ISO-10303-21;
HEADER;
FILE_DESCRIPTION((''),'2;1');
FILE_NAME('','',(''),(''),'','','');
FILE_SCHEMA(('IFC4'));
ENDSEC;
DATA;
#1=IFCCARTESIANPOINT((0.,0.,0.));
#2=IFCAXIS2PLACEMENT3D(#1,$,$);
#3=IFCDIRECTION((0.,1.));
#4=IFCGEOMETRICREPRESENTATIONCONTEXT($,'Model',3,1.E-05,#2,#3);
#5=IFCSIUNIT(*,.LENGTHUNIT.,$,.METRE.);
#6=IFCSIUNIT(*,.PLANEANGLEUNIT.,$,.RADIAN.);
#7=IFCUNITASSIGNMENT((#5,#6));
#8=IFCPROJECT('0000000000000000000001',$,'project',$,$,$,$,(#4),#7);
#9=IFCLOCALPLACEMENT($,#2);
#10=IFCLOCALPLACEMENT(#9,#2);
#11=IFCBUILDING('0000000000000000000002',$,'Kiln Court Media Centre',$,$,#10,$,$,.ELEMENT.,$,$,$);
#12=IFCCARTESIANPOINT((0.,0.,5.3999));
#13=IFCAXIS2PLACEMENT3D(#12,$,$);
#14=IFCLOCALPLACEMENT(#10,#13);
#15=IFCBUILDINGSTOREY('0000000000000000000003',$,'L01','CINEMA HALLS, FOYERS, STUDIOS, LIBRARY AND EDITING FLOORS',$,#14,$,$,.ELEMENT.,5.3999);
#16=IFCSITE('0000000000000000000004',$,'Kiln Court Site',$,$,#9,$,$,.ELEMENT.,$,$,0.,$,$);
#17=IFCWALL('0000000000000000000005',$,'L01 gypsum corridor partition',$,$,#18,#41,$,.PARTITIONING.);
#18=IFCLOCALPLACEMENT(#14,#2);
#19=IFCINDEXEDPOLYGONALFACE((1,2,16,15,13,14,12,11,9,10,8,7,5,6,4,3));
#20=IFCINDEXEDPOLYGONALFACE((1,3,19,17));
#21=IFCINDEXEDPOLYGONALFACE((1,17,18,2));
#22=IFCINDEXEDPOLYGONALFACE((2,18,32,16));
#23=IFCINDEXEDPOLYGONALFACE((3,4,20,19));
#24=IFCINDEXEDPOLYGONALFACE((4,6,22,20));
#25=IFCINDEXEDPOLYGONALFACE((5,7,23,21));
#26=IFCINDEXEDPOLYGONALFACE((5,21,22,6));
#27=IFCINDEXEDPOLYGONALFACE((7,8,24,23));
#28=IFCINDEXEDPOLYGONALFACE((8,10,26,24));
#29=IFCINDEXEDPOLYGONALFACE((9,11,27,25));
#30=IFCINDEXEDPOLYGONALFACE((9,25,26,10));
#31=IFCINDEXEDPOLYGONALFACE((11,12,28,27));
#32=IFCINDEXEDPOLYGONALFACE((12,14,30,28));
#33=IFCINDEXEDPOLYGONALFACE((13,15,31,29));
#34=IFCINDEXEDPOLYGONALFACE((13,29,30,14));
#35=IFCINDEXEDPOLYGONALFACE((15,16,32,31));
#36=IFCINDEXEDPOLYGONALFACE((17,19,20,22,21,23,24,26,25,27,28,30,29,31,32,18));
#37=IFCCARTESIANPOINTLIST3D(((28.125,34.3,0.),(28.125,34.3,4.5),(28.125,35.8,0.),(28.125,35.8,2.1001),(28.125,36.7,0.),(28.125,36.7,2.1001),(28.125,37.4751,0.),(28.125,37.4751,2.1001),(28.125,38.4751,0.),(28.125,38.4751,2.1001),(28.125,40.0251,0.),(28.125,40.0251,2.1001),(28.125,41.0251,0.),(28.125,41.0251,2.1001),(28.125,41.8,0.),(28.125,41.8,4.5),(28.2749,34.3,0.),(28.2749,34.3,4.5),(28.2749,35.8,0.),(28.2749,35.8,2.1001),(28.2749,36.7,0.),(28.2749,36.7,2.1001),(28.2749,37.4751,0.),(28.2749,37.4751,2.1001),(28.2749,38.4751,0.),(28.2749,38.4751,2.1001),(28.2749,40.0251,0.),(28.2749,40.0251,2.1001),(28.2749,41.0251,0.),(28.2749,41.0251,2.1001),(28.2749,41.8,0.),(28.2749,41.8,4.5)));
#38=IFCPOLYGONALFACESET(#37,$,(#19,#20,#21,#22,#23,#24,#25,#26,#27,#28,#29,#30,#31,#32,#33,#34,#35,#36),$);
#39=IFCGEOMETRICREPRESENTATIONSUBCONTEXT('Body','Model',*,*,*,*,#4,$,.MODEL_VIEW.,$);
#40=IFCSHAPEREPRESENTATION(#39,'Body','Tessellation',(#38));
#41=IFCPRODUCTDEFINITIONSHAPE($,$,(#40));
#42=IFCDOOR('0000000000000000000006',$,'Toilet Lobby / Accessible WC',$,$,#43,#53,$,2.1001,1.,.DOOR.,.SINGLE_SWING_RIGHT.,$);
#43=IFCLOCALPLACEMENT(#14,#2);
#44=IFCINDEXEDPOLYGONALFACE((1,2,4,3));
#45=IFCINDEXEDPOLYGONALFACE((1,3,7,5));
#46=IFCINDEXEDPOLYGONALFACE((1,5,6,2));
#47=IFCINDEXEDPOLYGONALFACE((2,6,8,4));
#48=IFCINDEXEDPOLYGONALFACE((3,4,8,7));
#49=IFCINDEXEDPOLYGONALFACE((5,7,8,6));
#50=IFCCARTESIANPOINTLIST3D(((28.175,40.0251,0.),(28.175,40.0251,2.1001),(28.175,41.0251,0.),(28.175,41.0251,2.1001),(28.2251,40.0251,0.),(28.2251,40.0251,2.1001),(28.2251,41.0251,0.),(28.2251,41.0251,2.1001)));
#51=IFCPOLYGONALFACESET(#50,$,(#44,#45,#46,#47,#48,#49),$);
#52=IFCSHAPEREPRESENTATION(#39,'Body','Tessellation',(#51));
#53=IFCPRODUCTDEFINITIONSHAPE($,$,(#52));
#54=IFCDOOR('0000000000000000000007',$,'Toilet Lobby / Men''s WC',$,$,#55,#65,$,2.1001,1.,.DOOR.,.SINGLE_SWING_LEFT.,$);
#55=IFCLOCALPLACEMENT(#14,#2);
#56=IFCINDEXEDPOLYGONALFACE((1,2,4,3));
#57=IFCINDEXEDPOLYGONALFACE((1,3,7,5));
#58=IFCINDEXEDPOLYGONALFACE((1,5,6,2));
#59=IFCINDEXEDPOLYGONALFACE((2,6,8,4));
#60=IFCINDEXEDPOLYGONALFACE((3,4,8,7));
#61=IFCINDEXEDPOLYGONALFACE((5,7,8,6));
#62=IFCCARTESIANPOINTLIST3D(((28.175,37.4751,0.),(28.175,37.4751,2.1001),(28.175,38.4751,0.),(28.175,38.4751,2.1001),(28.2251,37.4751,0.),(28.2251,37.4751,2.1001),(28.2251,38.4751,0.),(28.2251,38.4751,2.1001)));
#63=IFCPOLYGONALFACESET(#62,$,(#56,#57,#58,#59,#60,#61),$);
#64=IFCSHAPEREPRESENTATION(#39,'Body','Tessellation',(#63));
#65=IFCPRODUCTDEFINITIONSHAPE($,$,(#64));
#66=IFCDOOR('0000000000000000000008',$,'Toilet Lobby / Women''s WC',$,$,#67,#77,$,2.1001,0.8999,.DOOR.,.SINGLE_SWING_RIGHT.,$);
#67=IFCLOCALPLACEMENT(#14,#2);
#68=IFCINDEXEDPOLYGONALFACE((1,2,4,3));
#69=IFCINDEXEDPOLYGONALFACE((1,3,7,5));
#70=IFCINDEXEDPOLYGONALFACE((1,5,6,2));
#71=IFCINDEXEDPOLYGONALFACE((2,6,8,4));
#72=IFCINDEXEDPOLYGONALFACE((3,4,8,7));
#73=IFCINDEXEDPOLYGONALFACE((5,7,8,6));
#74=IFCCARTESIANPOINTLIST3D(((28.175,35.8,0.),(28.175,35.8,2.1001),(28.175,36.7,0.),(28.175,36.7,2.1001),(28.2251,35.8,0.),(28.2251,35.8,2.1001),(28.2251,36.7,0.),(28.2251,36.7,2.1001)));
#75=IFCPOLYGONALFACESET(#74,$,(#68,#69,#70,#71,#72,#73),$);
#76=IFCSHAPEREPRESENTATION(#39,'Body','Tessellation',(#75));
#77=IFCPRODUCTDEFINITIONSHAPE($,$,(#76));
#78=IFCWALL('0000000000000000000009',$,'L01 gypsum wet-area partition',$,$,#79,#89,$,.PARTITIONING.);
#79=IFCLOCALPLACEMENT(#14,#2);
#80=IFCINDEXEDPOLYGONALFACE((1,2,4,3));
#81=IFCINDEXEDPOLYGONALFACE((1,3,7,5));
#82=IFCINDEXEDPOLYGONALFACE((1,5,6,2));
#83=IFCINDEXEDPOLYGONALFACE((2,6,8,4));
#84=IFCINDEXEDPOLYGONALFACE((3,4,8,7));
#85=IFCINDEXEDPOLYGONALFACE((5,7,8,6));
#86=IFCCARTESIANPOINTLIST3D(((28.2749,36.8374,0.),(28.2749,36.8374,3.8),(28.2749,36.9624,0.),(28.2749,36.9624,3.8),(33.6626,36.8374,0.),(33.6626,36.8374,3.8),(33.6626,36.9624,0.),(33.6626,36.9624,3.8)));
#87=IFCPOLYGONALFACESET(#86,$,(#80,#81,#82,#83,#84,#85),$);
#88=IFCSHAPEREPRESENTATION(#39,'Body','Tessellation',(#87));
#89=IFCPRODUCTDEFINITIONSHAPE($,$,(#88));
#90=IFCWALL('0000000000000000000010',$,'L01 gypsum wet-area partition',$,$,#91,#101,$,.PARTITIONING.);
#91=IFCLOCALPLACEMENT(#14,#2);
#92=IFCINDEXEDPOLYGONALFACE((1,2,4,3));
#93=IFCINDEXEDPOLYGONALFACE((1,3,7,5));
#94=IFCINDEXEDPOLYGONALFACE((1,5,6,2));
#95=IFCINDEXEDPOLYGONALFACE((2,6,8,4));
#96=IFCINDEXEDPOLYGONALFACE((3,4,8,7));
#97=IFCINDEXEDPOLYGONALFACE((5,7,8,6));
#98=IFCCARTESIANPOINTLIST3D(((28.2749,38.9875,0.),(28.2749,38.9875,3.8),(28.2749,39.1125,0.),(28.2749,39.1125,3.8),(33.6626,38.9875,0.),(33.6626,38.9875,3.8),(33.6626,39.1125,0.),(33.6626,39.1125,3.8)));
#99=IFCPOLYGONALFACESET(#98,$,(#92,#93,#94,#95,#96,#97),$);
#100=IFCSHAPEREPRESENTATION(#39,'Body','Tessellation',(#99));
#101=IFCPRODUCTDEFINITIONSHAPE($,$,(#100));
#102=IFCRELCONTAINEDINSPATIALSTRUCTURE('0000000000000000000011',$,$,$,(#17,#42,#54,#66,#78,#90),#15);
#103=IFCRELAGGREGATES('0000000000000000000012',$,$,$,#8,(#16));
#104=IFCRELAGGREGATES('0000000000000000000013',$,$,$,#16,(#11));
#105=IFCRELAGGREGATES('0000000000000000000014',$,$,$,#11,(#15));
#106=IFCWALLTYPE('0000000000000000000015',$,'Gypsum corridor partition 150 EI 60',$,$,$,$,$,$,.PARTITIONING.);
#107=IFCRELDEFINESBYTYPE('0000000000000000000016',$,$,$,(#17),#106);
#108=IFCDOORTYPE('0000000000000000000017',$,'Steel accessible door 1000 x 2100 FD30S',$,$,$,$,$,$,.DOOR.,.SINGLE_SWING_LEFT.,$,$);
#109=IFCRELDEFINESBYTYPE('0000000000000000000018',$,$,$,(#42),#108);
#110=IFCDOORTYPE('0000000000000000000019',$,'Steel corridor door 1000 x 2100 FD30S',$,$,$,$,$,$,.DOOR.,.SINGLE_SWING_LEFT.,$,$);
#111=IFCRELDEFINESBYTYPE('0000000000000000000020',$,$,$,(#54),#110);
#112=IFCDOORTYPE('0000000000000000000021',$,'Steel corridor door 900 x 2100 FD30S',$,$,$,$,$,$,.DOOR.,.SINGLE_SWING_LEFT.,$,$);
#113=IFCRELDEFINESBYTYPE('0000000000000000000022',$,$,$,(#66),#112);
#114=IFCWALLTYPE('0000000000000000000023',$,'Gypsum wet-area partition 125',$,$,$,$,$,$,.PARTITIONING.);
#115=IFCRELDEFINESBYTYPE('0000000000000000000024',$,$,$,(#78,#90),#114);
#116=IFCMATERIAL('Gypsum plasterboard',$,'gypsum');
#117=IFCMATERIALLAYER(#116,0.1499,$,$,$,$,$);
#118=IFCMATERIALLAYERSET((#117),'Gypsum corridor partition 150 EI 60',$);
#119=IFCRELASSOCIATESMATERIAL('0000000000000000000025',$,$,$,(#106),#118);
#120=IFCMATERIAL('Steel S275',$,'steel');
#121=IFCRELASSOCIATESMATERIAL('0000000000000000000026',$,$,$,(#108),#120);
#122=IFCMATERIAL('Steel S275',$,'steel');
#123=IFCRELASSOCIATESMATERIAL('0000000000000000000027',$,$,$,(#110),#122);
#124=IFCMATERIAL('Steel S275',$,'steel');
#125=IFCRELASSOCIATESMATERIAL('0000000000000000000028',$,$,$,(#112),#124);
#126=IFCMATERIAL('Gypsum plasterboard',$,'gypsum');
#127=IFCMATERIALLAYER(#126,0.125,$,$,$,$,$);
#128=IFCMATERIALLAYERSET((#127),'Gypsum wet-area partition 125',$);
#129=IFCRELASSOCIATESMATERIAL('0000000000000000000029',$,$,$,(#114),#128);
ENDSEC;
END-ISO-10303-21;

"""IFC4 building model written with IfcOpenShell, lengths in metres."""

from ifc_helpers import new_model, si_unit, direction, frame, frame_2d, origin, place, context, subcontext, project, spatial, rectangle, extrude, material, layer, layer_set, type_object, element, fill, save


model = new_model("IFC4")

# Units and contexts
model_context = context("Model", 3, precision=1e-05, world=origin(), true_north=direction((0.0, 1.0)))
body_context = subcontext(model_context, "Body", "Model", "MODEL_VIEW")
ifc_project = project(units=[si_unit("LENGTHUNIT", "METRE"), si_unit("PLANEANGLEUNIT", "RADIAN")], contexts=[model_context])

# Site, building, storey
site_placement = place(None, origin())
site = spatial("IfcSite", under=ifc_project, at=site_placement, Name="Kiln Court Site", CompositionType="ELEMENT", RefElevation=0.0)
building_placement = place(site_placement, origin())
building = spatial("IfcBuilding", under=site, at=building_placement, Name="Kiln Court Media Centre", CompositionType="ELEMENT")
storey_placement = place(building_placement, frame((0.0, 0.0, 5.3999)))
storey = spatial("IfcBuildingStorey", under=building, at=storey_placement, Name="L01", Description="CINEMA HALLS, FOYERS, STUDIOS, LIBRARY AND EDITING FLOORS", CompositionType="ELEMENT", Elevation=5.3999)

# Wall, openings, doors
ifc_material_1 = material(Name="Gypsum plasterboard", Category="gypsum")
ifc_layer_1 = layer(ifc_material_1, 0.1499)
ifc_layer_set_1 = layer_set([ifc_layer_1], Name="Gypsum corridor partition 150 EI 60")
wall_type_1 = type_object("IfcWallType", Name="Gypsum corridor partition 150 EI 60", PredefinedType="PARTITIONING", material=ifc_layer_set_1)
wall_1_placement = place(storey_placement, frame((28.2, 34.3, 0.0), z_axis=(0.0, 0.0, 1.0), x_axis=(0.0, 1.0, 0.0)))
wall_1 = element("IfcWall", 1, at=wall_1_placement, inside=storey, type_object=wall_type_1, Name="L01 gypsum corridor partition", PredefinedType="PARTITIONING", context=body_context, shape_type="SweptSolid", body=[
    extrude(rectangle(XDim=7.5, YDim=0.1499, at=frame_2d((3.75, 0.0))), origin(), (0.0, 0.0, 1.0), 4.5),
])
opening_1_placement = place(wall_1_placement, frame((1.5, 0.0, 0.0)))
opening_1 = element("IfcOpeningElement", 2, at=opening_1_placement, cuts=wall_1, PredefinedType="OPENING", context=body_context, shape_type="SweptSolid", body=[
    extrude(rectangle(XDim=0.8999, YDim=2.1001, at=frame_2d((0.45, 1.05))), frame((0.0, 0.085, 0.0), z_axis=(0.0, -1.0, 0.0), x_axis=(1.0, 0.0, 0.0)), (0.0, 0.0, 1.0), 0.1699),
])
opening_2_placement = place(wall_1_placement, frame((3.175, 0.0, 0.0)))
opening_2 = element("IfcOpeningElement", 3, at=opening_2_placement, cuts=wall_1, PredefinedType="OPENING", context=body_context, shape_type="SweptSolid", body=[
    extrude(rectangle(XDim=1.0, YDim=2.1001, at=frame_2d((0.5, 1.05))), frame((0.0, 0.085, 0.0), z_axis=(0.0, -1.0, 0.0), x_axis=(1.0, 0.0, 0.0)), (0.0, 0.0, 1.0), 0.1699),
])
opening_3_placement = place(wall_1_placement, frame((5.7251, 0.0, 0.0)))
opening_3 = element("IfcOpeningElement", 4, at=opening_3_placement, cuts=wall_1, PredefinedType="OPENING", context=body_context, shape_type="SweptSolid", body=[
    extrude(rectangle(XDim=1.0, YDim=2.1001, at=frame_2d((0.5, 1.05))), frame((0.0, 0.085, 0.0), z_axis=(0.0, -1.0, 0.0), x_axis=(1.0, 0.0, 0.0)), (0.0, 0.0, 1.0), 0.1699),
])
ifc_material_2 = material(Name="Steel S275", Category="steel")
door_type_1 = type_object("IfcDoorType", Name="Steel accessible door 1000 x 2100 FD30S", OperationType="SINGLE_SWING_LEFT", PredefinedType="DOOR", material=ifc_material_2)
door_1_placement = place(opening_3_placement, origin())
door_1 = element("IfcDoor", 5, at=door_1_placement, inside=storey, type_object=door_type_1, Name="Toilet Lobby / Accessible WC", OperationType="SINGLE_SWING_RIGHT", OverallHeight=2.1001, OverallWidth=1.0, PredefinedType="DOOR", context=body_context, shape_type="SweptSolid", body=[
    extrude(rectangle(XDim=1.0, YDim=2.1001, at=frame_2d((0.5, 1.05))), frame((0.0, 0.0249, 0.0), z_axis=(0.0, -1.0, 0.0), x_axis=(1.0, 0.0, 0.0)), (0.0, 0.0, 1.0), 0.05),
])
fill(opening_3, door_1)
ifc_material_3 = material(Name="Steel S275", Category="steel")
door_type_2 = type_object("IfcDoorType", Name="Steel corridor door 1000 x 2100 FD30S", OperationType="SINGLE_SWING_LEFT", PredefinedType="DOOR", material=ifc_material_3)
door_2_placement = place(opening_2_placement, origin())
door_2 = element("IfcDoor", 6, at=door_2_placement, inside=storey, type_object=door_type_2, Name="Toilet Lobby / Men's WC", OperationType="SINGLE_SWING_LEFT", OverallHeight=2.1001, OverallWidth=1.0, PredefinedType="DOOR", context=body_context, shape_type="SweptSolid", body=[
    extrude(rectangle(XDim=1.0, YDim=2.1001, at=frame_2d((0.5, 1.05))), frame((0.0, 0.0249, 0.0), z_axis=(0.0, -1.0, 0.0), x_axis=(1.0, 0.0, 0.0)), (0.0, 0.0, 1.0), 0.05),
])
fill(opening_2, door_2)
ifc_material_4 = material(Name="Steel S275", Category="steel")
door_type_3 = type_object("IfcDoorType", Name="Steel corridor door 900 x 2100 FD30S", OperationType="SINGLE_SWING_LEFT", PredefinedType="DOOR", material=ifc_material_4)
door_3_placement = place(opening_1_placement, origin())
door_3 = element("IfcDoor", 7, at=door_3_placement, inside=storey, type_object=door_type_3, Name="Toilet Lobby / Women's WC", OperationType="SINGLE_SWING_RIGHT", OverallHeight=2.1001, OverallWidth=0.8999, PredefinedType="DOOR", context=body_context, shape_type="SweptSolid", body=[
    extrude(rectangle(XDim=0.8999, YDim=2.1001, at=frame_2d((0.45, 1.05))), frame((0.0, 0.0249, 0.0), z_axis=(0.0, -1.0, 0.0), x_axis=(1.0, 0.0, 0.0)), (0.0, 0.0, 1.0), 0.05),
])
fill(opening_1, door_3)

# Walls
ifc_material_5 = material(Name="Gypsum plasterboard", Category="gypsum")
ifc_layer_2 = layer(ifc_material_5, 0.125)
ifc_layer_set_2 = layer_set([ifc_layer_2], Name="Gypsum wet-area partition 125")
wall_type_2 = type_object("IfcWallType", Name="Gypsum wet-area partition 125", PredefinedType="PARTITIONING", material=ifc_layer_set_2)
for number, where, z_axis, x_axis, name in (
    (8, (28.2749, 36.8999, 0.0), (0.0, 0.0, 1.0), (1.0, 0.0, 0.0), "L01 gypsum wet-area partition"),
    (9, (28.2749, 39.05, 0.0), (0.0, 0.0, 1.0), (1.0, 0.0, 0.0), "L01 gypsum wet-area partition"),
):
    element("IfcWall", number, at=place(storey_placement, frame(where, z_axis=z_axis, x_axis=x_axis)), inside=storey, type_object=wall_type_2, Name=name, PredefinedType="PARTITIONING", context=body_context, shape_type="SweptSolid", body=[
        extrude(rectangle(XDim=5.3877, YDim=0.125, at=frame_2d((2.6938, 0.0))), origin(), (0.0, 0.0, 1.0), 3.8),
    ])

save(model, "model.ifc")
